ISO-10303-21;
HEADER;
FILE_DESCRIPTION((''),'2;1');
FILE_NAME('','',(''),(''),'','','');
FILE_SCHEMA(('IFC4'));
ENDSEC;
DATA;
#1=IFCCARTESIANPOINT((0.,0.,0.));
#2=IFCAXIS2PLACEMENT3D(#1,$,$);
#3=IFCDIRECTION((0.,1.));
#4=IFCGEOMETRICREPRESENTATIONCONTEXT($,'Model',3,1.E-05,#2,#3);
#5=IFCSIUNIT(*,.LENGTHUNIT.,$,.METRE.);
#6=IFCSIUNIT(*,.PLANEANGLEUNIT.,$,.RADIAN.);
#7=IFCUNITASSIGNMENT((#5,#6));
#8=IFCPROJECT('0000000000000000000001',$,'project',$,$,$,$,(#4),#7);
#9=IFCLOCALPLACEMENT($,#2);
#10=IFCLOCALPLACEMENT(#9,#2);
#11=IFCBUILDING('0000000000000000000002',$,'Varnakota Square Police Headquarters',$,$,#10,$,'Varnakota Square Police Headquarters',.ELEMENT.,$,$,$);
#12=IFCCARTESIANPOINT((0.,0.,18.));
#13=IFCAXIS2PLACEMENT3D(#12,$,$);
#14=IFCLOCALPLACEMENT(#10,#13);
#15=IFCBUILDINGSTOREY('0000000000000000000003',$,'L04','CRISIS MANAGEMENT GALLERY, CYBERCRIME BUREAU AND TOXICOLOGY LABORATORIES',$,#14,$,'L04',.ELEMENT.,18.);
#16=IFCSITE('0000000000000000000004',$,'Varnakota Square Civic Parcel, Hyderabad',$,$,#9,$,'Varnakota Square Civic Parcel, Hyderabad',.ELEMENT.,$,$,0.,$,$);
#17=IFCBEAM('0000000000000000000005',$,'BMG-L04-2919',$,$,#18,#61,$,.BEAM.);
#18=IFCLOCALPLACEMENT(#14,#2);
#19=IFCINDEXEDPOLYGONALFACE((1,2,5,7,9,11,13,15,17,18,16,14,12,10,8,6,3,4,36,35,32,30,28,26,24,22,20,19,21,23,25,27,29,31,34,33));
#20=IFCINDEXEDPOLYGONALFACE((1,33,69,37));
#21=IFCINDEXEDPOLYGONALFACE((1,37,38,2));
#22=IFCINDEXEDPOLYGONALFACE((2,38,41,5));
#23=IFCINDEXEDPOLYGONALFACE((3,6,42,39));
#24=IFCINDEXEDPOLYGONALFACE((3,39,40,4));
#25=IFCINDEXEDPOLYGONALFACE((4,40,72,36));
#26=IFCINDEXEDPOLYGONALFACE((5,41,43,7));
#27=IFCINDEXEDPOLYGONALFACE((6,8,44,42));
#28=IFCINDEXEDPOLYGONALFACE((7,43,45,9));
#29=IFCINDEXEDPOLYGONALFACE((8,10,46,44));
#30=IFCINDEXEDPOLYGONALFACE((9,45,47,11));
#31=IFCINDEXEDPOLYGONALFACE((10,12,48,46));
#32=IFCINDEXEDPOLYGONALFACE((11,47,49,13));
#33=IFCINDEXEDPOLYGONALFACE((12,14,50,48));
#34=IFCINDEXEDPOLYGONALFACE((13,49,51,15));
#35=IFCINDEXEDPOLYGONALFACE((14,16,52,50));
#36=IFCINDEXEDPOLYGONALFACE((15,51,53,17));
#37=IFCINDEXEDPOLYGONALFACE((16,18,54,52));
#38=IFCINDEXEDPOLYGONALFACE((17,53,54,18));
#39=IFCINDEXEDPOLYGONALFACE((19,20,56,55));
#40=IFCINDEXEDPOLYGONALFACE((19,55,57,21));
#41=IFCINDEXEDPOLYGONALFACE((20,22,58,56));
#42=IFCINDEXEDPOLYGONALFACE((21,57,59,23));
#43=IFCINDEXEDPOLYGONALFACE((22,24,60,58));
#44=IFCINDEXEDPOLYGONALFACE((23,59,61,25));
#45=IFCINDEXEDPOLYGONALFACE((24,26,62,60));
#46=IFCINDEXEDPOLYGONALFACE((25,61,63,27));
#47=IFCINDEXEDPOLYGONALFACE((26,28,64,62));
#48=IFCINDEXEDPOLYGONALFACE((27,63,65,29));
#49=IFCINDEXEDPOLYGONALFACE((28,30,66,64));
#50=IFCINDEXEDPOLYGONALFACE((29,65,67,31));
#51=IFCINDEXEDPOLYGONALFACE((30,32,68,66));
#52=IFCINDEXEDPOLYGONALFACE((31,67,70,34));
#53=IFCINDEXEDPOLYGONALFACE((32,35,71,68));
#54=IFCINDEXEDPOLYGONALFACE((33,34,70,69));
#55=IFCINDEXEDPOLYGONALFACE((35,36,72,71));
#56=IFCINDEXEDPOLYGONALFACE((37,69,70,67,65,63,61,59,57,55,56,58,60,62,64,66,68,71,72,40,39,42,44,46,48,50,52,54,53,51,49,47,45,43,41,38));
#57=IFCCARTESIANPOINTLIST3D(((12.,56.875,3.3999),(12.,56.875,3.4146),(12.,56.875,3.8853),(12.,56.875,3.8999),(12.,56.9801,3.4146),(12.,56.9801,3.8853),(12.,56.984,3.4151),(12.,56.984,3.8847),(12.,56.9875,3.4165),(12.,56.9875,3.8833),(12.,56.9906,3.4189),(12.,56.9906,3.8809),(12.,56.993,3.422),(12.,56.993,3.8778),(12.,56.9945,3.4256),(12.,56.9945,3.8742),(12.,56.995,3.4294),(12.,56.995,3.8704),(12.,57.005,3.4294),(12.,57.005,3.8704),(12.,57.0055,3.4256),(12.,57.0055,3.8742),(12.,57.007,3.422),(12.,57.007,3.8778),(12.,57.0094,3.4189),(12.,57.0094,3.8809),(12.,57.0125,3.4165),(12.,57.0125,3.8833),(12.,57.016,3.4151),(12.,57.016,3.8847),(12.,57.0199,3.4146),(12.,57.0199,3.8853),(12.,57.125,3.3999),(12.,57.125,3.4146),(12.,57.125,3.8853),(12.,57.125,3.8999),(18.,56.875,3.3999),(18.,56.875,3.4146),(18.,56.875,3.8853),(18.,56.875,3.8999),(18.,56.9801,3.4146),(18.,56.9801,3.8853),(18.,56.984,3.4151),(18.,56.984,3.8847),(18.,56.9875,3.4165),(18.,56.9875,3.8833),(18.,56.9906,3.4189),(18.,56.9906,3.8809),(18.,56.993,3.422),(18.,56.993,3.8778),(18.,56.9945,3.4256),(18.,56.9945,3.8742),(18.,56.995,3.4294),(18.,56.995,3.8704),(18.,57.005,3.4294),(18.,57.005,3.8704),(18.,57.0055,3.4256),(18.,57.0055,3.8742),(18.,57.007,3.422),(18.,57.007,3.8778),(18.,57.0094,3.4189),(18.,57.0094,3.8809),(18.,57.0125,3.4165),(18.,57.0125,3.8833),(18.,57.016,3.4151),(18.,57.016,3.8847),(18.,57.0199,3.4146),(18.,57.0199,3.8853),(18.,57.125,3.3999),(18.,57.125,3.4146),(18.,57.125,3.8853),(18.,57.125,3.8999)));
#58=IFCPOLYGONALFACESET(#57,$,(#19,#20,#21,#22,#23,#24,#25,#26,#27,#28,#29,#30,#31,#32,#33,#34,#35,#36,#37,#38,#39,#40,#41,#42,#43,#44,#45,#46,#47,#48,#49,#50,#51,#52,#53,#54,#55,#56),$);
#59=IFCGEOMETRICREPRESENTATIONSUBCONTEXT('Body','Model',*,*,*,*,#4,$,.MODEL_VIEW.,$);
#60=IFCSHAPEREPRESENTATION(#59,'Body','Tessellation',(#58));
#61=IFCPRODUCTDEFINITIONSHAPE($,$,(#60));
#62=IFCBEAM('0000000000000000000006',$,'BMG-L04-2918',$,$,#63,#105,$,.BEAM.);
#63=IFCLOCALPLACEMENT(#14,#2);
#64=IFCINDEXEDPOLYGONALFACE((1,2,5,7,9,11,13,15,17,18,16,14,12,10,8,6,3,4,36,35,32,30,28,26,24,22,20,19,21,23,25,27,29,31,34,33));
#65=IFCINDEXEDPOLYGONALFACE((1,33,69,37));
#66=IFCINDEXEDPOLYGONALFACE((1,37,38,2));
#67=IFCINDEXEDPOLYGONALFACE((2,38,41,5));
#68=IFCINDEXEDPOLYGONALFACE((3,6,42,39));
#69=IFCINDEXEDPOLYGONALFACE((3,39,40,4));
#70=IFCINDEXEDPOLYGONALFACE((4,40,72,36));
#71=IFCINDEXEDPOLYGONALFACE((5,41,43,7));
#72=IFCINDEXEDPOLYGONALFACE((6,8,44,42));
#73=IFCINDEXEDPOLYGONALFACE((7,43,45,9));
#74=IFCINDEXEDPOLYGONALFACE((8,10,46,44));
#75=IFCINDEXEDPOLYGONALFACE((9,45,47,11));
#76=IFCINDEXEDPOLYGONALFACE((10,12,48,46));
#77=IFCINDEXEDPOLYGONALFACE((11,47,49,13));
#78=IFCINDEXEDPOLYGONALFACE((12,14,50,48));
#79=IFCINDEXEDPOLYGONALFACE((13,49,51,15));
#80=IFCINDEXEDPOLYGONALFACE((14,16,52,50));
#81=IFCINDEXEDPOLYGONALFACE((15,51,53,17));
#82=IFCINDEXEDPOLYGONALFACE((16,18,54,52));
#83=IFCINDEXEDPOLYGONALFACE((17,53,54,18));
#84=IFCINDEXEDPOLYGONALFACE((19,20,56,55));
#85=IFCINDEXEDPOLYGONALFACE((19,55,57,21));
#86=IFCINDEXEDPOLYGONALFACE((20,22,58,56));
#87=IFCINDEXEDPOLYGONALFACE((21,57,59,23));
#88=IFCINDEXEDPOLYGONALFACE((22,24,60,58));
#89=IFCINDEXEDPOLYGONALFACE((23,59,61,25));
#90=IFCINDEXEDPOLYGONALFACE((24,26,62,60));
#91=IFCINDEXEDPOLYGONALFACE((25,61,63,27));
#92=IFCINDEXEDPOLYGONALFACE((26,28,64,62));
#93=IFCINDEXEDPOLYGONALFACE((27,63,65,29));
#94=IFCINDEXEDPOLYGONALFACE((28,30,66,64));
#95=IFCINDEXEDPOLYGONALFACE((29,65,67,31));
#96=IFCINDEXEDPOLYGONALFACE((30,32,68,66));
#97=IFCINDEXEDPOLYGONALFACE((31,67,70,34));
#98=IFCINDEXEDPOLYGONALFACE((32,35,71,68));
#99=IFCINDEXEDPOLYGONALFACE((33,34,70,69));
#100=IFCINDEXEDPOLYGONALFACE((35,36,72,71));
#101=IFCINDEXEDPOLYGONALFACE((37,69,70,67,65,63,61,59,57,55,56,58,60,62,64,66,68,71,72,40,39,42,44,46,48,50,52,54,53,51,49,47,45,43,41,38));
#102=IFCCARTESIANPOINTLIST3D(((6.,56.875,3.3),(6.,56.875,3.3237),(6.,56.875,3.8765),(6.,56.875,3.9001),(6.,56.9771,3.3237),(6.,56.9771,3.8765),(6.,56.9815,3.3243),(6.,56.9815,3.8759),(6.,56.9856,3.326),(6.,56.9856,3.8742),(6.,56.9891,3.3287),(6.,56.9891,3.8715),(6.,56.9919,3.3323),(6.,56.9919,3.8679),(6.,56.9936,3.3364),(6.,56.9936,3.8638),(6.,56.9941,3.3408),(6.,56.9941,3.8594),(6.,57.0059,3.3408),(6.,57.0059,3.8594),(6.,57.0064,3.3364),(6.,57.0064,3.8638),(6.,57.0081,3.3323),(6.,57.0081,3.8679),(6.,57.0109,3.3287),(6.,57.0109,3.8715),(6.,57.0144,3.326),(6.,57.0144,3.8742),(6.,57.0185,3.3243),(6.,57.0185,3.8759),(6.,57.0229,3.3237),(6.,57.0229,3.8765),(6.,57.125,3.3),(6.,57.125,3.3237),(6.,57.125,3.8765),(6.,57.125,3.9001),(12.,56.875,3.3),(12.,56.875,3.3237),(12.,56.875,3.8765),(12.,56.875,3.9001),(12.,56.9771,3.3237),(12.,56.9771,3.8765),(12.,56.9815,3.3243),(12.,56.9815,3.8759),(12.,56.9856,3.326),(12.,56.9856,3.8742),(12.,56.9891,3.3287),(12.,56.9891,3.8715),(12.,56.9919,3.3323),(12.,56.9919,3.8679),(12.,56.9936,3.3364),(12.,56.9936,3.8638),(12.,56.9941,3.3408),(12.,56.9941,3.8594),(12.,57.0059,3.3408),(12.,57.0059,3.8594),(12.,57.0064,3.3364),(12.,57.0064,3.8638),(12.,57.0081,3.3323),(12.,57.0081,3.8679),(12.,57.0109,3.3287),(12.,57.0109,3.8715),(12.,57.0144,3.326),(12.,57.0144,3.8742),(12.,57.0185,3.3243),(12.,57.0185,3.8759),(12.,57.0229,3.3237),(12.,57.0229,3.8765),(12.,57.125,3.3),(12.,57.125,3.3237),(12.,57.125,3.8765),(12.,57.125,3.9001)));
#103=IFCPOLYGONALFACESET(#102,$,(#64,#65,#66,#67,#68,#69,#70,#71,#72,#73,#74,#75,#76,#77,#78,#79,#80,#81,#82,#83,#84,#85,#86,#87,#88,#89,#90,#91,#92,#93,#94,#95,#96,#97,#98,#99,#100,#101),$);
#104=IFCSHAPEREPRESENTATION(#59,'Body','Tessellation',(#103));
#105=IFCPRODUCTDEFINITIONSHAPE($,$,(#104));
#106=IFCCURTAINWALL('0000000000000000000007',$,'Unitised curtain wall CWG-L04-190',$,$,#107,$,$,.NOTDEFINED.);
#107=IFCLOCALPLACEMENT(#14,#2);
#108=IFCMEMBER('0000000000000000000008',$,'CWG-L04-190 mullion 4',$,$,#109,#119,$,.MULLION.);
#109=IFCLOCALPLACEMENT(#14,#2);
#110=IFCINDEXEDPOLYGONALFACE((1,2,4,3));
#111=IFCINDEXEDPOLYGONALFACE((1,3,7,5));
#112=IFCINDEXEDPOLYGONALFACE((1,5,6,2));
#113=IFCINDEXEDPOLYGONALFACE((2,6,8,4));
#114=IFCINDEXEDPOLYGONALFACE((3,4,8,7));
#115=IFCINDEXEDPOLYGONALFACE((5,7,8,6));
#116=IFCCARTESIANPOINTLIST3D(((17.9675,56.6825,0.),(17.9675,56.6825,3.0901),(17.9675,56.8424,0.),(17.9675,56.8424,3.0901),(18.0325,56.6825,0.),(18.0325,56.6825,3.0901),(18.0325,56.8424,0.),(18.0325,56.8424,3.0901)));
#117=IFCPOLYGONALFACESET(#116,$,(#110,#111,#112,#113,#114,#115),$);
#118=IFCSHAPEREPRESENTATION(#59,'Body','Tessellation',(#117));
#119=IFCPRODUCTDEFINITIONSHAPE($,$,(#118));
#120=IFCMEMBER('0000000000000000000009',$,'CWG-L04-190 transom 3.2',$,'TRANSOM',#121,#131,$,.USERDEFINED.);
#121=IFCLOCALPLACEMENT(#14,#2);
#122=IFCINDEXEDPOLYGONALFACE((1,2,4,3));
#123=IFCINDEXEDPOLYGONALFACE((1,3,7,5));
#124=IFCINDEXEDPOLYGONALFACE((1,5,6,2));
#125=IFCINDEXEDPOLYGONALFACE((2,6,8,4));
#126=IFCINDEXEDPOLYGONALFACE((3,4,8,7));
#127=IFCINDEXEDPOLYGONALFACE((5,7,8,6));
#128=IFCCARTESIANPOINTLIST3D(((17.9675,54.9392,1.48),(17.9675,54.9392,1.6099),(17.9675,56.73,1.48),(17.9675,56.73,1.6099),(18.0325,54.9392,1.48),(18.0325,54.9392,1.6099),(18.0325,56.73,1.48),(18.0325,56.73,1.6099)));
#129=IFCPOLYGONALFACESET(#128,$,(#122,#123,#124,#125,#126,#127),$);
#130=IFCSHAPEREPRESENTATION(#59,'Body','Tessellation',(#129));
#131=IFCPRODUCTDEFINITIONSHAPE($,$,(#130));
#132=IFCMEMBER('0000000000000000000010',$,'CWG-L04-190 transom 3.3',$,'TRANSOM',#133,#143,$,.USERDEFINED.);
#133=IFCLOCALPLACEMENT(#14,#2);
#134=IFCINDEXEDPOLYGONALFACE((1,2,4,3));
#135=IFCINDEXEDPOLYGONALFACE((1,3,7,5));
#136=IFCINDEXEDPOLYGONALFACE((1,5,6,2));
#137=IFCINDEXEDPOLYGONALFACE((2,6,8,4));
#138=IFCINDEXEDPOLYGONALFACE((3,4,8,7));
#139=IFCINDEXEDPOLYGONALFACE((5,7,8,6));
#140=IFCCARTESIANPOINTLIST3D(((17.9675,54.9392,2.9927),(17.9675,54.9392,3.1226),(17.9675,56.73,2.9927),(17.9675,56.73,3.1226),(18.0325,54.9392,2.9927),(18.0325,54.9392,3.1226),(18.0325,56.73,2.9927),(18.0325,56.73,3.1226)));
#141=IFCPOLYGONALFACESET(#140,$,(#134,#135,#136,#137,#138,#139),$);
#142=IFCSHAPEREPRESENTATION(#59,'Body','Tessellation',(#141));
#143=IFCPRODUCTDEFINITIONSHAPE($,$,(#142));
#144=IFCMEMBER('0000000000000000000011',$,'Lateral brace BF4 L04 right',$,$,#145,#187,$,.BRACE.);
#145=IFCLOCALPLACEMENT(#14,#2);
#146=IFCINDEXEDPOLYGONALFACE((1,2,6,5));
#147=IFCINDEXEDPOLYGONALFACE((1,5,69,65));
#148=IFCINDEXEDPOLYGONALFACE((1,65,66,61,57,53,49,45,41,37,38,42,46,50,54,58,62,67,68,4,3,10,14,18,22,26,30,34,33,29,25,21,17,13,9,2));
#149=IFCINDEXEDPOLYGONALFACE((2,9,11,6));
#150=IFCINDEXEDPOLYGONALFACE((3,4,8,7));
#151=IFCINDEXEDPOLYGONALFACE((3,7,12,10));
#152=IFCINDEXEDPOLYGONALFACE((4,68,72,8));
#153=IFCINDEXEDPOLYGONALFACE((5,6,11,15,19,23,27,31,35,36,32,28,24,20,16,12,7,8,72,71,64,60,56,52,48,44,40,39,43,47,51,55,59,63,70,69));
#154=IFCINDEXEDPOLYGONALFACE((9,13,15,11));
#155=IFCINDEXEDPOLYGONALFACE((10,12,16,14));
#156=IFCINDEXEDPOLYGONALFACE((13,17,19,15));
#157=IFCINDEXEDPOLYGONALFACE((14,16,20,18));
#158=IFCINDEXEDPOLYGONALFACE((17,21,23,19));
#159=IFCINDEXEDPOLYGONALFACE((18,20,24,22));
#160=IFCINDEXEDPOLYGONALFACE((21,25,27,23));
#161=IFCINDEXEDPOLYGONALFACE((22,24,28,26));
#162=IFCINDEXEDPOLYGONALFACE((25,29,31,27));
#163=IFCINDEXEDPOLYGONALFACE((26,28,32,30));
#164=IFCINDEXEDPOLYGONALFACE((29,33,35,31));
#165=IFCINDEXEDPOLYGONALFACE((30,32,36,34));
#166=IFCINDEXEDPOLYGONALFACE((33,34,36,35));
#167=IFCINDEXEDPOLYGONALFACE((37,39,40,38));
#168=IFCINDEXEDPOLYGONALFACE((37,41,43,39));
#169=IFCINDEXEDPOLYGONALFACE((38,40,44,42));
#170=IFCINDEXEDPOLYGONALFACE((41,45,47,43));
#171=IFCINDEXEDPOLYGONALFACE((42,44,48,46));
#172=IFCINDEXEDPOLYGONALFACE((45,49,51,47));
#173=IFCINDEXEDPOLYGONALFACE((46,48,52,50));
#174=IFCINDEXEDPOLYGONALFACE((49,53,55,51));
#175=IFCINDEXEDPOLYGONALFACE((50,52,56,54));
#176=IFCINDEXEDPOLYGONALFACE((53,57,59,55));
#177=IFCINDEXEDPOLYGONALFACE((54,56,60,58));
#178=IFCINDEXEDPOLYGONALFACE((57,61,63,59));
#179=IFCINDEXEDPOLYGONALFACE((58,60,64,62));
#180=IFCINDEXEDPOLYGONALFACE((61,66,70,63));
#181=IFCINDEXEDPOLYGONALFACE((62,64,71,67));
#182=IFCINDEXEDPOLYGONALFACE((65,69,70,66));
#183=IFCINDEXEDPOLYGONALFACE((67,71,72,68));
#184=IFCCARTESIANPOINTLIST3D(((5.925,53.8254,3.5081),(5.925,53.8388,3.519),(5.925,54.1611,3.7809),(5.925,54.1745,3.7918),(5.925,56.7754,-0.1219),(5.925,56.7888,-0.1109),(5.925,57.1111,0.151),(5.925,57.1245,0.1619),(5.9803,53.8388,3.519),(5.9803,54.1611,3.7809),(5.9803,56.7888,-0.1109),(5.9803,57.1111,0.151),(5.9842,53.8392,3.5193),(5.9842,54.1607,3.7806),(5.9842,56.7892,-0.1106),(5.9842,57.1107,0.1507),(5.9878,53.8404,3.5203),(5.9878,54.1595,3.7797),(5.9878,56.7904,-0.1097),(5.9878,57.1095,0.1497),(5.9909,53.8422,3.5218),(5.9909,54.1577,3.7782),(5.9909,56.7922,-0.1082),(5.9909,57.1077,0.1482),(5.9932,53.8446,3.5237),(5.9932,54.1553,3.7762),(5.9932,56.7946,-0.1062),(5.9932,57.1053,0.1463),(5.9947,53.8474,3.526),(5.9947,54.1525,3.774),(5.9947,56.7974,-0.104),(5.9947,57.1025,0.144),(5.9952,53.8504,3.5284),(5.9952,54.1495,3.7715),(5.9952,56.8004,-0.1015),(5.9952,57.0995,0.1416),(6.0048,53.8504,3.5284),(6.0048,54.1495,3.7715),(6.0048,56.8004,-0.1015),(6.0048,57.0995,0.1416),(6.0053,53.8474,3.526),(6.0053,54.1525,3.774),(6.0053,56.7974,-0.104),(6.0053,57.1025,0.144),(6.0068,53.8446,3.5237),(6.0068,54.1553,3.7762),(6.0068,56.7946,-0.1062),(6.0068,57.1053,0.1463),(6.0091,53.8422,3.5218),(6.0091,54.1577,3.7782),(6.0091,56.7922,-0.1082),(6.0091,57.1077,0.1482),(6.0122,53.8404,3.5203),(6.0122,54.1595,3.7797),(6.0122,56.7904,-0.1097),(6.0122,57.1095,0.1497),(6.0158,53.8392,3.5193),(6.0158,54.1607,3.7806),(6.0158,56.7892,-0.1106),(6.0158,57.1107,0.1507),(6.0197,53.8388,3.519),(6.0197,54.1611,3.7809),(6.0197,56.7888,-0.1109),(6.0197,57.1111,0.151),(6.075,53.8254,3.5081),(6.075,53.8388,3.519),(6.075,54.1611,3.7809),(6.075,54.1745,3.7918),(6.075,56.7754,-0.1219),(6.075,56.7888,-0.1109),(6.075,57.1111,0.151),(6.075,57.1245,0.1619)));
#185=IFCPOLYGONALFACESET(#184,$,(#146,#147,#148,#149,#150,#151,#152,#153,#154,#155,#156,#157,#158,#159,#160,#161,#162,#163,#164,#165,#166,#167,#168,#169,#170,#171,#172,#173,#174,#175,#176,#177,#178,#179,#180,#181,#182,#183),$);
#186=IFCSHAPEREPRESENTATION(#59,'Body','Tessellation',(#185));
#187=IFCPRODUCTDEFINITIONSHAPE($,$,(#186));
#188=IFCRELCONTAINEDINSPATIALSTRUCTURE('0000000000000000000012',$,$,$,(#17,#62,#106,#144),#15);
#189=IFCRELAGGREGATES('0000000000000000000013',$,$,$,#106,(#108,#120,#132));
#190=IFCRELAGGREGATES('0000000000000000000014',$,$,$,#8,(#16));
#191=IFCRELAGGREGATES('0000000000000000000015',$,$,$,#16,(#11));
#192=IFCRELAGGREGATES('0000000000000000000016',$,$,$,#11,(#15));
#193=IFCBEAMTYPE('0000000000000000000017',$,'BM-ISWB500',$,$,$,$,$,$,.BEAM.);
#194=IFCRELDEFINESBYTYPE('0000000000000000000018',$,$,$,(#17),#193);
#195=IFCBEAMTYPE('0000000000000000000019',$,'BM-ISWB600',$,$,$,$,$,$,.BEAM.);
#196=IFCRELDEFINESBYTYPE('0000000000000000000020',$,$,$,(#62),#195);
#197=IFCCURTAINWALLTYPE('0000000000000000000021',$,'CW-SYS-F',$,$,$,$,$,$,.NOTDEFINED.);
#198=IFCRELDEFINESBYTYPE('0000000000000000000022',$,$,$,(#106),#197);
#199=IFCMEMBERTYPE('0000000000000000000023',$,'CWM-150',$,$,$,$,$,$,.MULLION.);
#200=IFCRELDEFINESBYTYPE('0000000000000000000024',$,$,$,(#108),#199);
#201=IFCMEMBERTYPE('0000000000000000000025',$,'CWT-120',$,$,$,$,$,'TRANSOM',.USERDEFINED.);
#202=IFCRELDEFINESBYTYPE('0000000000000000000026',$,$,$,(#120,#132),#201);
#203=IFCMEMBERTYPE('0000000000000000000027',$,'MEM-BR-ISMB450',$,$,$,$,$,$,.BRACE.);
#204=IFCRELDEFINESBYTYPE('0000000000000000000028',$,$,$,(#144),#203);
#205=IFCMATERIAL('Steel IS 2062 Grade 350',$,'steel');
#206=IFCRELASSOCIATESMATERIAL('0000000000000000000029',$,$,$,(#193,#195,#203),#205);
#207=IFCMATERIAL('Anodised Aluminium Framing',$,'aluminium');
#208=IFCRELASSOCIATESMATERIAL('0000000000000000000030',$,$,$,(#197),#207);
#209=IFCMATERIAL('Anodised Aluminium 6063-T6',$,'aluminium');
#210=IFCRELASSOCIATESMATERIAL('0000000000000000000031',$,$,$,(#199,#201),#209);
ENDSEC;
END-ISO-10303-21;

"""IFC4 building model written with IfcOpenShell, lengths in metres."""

from ifc_helpers import new_model, si_unit, direction, frame, origin, origin_2d, place, context, subcontext, project, spatial, rectangle, i_section, extrude, material, material_profile, profile_set, type_object, element, aggregate, save


model = new_model("IFC4")

# Units and contexts
model_context = context("Model", 3, precision=1e-05, world=origin(), true_north=direction((0.0, 1.0)))
body_context = subcontext(model_context, "Body", "Model", "MODEL_VIEW")
ifc_project = project(units=[si_unit("LENGTHUNIT", "METRE"), si_unit("PLANEANGLEUNIT", "RADIAN")], contexts=[model_context])

# Site, building, storey
site_placement = place(None, origin())
site = spatial("IfcSite", under=ifc_project, at=site_placement, Name="Varnakota Square Civic Parcel, Hyderabad", LongName="Varnakota Square Civic Parcel, Hyderabad", CompositionType="ELEMENT", RefElevation=0.0)
building_placement = place(site_placement, origin())
building = spatial("IfcBuilding", under=site, at=building_placement, Name="Varnakota Square Police Headquarters", LongName="Varnakota Square Police Headquarters", CompositionType="ELEMENT")
storey_placement = place(building_placement, frame((0.0, 0.0, 18.0)))
storey = spatial("IfcBuildingStorey", under=building, at=storey_placement, Name="L04", Description="CRISIS MANAGEMENT GALLERY, CYBERCRIME BUREAU AND TOXICOLOGY LABORATORIES", LongName="L04", CompositionType="ELEMENT", Elevation=18.0)

# Shared definitions
ifc_material_1 = material(Name="Steel IS 2062 Grade 350", Category="steel")

# Beams
ifc_material_profile_1 = material_profile(ifc_material_1, i_section(OverallWidth=0.25, OverallDepth=0.5, WebThickness=0.01, FlangeThickness=0.0146, FilletRadius=0.0149, at=origin_2d()), Name="ISWB 500")
ifc_profile_set_1 = profile_set([ifc_material_profile_1], Name="Steel IS 2062 Grade 350")
beam_type_1 = type_object("IfcBeamType", Name="BM-ISWB500", PredefinedType="BEAM", material=ifc_profile_set_1)
beam_1_placement = place(storey_placement, frame((12.0, 57.0, 3.6499), z_axis=(1.0, 0.0, 0.0), x_axis=(0.0, 1.0, 0.0)))
element("IfcBeam", 1, at=beam_1_placement, inside=storey, type_object=beam_type_1, Name="BMG-L04-2919", PredefinedType="BEAM", context=body_context, shape_type="SweptSolid", body=[
    extrude(i_section(OverallWidth=0.25, OverallDepth=0.5, WebThickness=0.01, FlangeThickness=0.0146, FilletRadius=0.0149, at=origin_2d()), origin(), (0.0, 0.0, 1.0), 6.0),
])
ifc_material_profile_2 = material_profile(ifc_material_1, i_section(OverallWidth=0.25, OverallDepth=0.6001, WebThickness=0.0117, FlangeThickness=0.0237, FilletRadius=0.0171, at=origin_2d()), Name="ISWB 600")
ifc_profile_set_2 = profile_set([ifc_material_profile_2], Name="Steel IS 2062 Grade 350")
beam_type_2 = type_object("IfcBeamType", Name="BM-ISWB600", PredefinedType="BEAM", material=ifc_profile_set_2)
beam_2_placement = place(storey_placement, frame((6.0, 57.0, 3.6001), z_axis=(1.0, 0.0, 0.0), x_axis=(0.0, 1.0, 0.0)))
element("IfcBeam", 2, at=beam_2_placement, inside=storey, type_object=beam_type_2, Name="BMG-L04-2918", PredefinedType="BEAM", context=body_context, shape_type="SweptSolid", body=[
    extrude(i_section(OverallWidth=0.25, OverallDepth=0.6001, WebThickness=0.0117, FlangeThickness=0.0237, FilletRadius=0.0171, at=origin_2d()), origin(), (0.0, 0.0, 1.0), 6.0),
])

# Curtain wall, members
ifc_material_2 = material(Name="Anodised Aluminium Framing", Category="aluminium")
curtain_wall_type = type_object("IfcCurtainWallType", Name="CW-SYS-F", PredefinedType="NOTDEFINED", material=ifc_material_2)
curtain_wall_placement = place(storey_placement, origin())
curtain_wall = element("IfcCurtainWall", 3, at=curtain_wall_placement, inside=storey, type_object=curtain_wall_type, Name="Unitised curtain wall CWG-L04-190", PredefinedType="NOTDEFINED")
ifc_material_3 = material(Name="Anodised Aluminium 6063-T6", Category="aluminium")
ifc_material_profile_3 = material_profile(ifc_material_3, rectangle(XDim=0.0649, YDim=0.1599, at=origin_2d()), Name="ALU MULLION 65x160")
ifc_profile_set_3 = profile_set([ifc_material_profile_3], Name="Anodised Aluminium 6063-T6")
member_type_1 = type_object("IfcMemberType", Name="CWM-150", PredefinedType="MULLION", material=ifc_profile_set_3)
member_1_placement = place(storey_placement, frame((18.0, 56.7625, 0.0), z_axis=(0.0, 0.0, 1.0), x_axis=(-1.0, 0.0, 0.0)))
member_1 = element("IfcMember", 4, at=member_1_placement, type_object=member_type_1, Name="CWG-L04-190 mullion 4", PredefinedType="MULLION", context=body_context, shape_type="SweptSolid", body=[
    extrude(rectangle(XDim=0.0649, YDim=0.1599, at=origin_2d()), origin(), (0.0, 0.0, 1.0), 3.0901),
])
ifc_material_profile_4 = material_profile(ifc_material_3, rectangle(XDim=0.0649, YDim=0.1299, at=origin_2d()), Name="ALU TRANSOM 65x130")
ifc_profile_set_4 = profile_set([ifc_material_profile_4], Name="Anodised Aluminium 6063-T6")
member_type_2 = type_object("IfcMemberType", Name="CWT-120", ElementType="TRANSOM", PredefinedType="USERDEFINED", material=ifc_profile_set_4)
member_2_placement = place(storey_placement, frame((18.0, 54.9392, 1.5449), z_axis=(0.0, 1.0, 0.0), x_axis=(-1.0, 0.0, 0.0)))
member_2 = element("IfcMember", 5, at=member_2_placement, type_object=member_type_2, Name="CWG-L04-190 transom 3.2", ObjectType="TRANSOM", PredefinedType="USERDEFINED", context=body_context, shape_type="SweptSolid", body=[
    extrude(rectangle(XDim=0.0649, YDim=0.1299, at=origin_2d()), origin(), (0.0, 0.0, 1.0), 1.7908),
])
member_3_placement = place(storey_placement, frame((18.0, 54.9392, 3.0576), z_axis=(0.0, 1.0, 0.0), x_axis=(-1.0, 0.0, 0.0)))
member_3 = element("IfcMember", 6, at=member_3_placement, type_object=member_type_2, Name="CWG-L04-190 transom 3.3", ObjectType="TRANSOM", PredefinedType="USERDEFINED", context=body_context, shape_type="SweptSolid", body=[
    extrude(rectangle(XDim=0.0649, YDim=0.1299, at=origin_2d()), origin(), (0.0, 0.0, 1.0), 1.7908),
])

# Member
ifc_material_profile_5 = material_profile(ifc_material_1, i_section(OverallWidth=0.1499, OverallDepth=0.45, WebThickness=0.0095, FlangeThickness=0.0173, FilletRadius=0.0149, at=origin_2d()), Name="ISMB 450")
ifc_profile_set_5 = profile_set([ifc_material_profile_5], Name="Steel IS 2062 Grade 350")
member_type_3 = type_object("IfcMemberType", Name="MEM-BR-ISMB450", PredefinedType="BRACE", material=ifc_profile_set_5)
member_4_placement = place(storey_placement, frame((6.0, 56.95, 0.02), z_axis=(0.0, -0.630679, 0.776044), x_axis=(1.0, 0.0, 0.0)))
element("IfcMember", 7, at=member_4_placement, inside=storey, type_object=member_type_3, Name="Lateral brace BF4 L04 right", PredefinedType="BRACE", context=body_context, shape_type="SweptSolid", body=[
    extrude(i_section(OverallWidth=0.1499, OverallDepth=0.45, WebThickness=0.0095, FlangeThickness=0.0173, FilletRadius=0.0149, at=origin_2d()), origin(), (0.0, 0.0, 1.0), 4.6775),
])

aggregate(curtain_wall, [member_1, member_2, member_3])

save(model, "model.ifc")
